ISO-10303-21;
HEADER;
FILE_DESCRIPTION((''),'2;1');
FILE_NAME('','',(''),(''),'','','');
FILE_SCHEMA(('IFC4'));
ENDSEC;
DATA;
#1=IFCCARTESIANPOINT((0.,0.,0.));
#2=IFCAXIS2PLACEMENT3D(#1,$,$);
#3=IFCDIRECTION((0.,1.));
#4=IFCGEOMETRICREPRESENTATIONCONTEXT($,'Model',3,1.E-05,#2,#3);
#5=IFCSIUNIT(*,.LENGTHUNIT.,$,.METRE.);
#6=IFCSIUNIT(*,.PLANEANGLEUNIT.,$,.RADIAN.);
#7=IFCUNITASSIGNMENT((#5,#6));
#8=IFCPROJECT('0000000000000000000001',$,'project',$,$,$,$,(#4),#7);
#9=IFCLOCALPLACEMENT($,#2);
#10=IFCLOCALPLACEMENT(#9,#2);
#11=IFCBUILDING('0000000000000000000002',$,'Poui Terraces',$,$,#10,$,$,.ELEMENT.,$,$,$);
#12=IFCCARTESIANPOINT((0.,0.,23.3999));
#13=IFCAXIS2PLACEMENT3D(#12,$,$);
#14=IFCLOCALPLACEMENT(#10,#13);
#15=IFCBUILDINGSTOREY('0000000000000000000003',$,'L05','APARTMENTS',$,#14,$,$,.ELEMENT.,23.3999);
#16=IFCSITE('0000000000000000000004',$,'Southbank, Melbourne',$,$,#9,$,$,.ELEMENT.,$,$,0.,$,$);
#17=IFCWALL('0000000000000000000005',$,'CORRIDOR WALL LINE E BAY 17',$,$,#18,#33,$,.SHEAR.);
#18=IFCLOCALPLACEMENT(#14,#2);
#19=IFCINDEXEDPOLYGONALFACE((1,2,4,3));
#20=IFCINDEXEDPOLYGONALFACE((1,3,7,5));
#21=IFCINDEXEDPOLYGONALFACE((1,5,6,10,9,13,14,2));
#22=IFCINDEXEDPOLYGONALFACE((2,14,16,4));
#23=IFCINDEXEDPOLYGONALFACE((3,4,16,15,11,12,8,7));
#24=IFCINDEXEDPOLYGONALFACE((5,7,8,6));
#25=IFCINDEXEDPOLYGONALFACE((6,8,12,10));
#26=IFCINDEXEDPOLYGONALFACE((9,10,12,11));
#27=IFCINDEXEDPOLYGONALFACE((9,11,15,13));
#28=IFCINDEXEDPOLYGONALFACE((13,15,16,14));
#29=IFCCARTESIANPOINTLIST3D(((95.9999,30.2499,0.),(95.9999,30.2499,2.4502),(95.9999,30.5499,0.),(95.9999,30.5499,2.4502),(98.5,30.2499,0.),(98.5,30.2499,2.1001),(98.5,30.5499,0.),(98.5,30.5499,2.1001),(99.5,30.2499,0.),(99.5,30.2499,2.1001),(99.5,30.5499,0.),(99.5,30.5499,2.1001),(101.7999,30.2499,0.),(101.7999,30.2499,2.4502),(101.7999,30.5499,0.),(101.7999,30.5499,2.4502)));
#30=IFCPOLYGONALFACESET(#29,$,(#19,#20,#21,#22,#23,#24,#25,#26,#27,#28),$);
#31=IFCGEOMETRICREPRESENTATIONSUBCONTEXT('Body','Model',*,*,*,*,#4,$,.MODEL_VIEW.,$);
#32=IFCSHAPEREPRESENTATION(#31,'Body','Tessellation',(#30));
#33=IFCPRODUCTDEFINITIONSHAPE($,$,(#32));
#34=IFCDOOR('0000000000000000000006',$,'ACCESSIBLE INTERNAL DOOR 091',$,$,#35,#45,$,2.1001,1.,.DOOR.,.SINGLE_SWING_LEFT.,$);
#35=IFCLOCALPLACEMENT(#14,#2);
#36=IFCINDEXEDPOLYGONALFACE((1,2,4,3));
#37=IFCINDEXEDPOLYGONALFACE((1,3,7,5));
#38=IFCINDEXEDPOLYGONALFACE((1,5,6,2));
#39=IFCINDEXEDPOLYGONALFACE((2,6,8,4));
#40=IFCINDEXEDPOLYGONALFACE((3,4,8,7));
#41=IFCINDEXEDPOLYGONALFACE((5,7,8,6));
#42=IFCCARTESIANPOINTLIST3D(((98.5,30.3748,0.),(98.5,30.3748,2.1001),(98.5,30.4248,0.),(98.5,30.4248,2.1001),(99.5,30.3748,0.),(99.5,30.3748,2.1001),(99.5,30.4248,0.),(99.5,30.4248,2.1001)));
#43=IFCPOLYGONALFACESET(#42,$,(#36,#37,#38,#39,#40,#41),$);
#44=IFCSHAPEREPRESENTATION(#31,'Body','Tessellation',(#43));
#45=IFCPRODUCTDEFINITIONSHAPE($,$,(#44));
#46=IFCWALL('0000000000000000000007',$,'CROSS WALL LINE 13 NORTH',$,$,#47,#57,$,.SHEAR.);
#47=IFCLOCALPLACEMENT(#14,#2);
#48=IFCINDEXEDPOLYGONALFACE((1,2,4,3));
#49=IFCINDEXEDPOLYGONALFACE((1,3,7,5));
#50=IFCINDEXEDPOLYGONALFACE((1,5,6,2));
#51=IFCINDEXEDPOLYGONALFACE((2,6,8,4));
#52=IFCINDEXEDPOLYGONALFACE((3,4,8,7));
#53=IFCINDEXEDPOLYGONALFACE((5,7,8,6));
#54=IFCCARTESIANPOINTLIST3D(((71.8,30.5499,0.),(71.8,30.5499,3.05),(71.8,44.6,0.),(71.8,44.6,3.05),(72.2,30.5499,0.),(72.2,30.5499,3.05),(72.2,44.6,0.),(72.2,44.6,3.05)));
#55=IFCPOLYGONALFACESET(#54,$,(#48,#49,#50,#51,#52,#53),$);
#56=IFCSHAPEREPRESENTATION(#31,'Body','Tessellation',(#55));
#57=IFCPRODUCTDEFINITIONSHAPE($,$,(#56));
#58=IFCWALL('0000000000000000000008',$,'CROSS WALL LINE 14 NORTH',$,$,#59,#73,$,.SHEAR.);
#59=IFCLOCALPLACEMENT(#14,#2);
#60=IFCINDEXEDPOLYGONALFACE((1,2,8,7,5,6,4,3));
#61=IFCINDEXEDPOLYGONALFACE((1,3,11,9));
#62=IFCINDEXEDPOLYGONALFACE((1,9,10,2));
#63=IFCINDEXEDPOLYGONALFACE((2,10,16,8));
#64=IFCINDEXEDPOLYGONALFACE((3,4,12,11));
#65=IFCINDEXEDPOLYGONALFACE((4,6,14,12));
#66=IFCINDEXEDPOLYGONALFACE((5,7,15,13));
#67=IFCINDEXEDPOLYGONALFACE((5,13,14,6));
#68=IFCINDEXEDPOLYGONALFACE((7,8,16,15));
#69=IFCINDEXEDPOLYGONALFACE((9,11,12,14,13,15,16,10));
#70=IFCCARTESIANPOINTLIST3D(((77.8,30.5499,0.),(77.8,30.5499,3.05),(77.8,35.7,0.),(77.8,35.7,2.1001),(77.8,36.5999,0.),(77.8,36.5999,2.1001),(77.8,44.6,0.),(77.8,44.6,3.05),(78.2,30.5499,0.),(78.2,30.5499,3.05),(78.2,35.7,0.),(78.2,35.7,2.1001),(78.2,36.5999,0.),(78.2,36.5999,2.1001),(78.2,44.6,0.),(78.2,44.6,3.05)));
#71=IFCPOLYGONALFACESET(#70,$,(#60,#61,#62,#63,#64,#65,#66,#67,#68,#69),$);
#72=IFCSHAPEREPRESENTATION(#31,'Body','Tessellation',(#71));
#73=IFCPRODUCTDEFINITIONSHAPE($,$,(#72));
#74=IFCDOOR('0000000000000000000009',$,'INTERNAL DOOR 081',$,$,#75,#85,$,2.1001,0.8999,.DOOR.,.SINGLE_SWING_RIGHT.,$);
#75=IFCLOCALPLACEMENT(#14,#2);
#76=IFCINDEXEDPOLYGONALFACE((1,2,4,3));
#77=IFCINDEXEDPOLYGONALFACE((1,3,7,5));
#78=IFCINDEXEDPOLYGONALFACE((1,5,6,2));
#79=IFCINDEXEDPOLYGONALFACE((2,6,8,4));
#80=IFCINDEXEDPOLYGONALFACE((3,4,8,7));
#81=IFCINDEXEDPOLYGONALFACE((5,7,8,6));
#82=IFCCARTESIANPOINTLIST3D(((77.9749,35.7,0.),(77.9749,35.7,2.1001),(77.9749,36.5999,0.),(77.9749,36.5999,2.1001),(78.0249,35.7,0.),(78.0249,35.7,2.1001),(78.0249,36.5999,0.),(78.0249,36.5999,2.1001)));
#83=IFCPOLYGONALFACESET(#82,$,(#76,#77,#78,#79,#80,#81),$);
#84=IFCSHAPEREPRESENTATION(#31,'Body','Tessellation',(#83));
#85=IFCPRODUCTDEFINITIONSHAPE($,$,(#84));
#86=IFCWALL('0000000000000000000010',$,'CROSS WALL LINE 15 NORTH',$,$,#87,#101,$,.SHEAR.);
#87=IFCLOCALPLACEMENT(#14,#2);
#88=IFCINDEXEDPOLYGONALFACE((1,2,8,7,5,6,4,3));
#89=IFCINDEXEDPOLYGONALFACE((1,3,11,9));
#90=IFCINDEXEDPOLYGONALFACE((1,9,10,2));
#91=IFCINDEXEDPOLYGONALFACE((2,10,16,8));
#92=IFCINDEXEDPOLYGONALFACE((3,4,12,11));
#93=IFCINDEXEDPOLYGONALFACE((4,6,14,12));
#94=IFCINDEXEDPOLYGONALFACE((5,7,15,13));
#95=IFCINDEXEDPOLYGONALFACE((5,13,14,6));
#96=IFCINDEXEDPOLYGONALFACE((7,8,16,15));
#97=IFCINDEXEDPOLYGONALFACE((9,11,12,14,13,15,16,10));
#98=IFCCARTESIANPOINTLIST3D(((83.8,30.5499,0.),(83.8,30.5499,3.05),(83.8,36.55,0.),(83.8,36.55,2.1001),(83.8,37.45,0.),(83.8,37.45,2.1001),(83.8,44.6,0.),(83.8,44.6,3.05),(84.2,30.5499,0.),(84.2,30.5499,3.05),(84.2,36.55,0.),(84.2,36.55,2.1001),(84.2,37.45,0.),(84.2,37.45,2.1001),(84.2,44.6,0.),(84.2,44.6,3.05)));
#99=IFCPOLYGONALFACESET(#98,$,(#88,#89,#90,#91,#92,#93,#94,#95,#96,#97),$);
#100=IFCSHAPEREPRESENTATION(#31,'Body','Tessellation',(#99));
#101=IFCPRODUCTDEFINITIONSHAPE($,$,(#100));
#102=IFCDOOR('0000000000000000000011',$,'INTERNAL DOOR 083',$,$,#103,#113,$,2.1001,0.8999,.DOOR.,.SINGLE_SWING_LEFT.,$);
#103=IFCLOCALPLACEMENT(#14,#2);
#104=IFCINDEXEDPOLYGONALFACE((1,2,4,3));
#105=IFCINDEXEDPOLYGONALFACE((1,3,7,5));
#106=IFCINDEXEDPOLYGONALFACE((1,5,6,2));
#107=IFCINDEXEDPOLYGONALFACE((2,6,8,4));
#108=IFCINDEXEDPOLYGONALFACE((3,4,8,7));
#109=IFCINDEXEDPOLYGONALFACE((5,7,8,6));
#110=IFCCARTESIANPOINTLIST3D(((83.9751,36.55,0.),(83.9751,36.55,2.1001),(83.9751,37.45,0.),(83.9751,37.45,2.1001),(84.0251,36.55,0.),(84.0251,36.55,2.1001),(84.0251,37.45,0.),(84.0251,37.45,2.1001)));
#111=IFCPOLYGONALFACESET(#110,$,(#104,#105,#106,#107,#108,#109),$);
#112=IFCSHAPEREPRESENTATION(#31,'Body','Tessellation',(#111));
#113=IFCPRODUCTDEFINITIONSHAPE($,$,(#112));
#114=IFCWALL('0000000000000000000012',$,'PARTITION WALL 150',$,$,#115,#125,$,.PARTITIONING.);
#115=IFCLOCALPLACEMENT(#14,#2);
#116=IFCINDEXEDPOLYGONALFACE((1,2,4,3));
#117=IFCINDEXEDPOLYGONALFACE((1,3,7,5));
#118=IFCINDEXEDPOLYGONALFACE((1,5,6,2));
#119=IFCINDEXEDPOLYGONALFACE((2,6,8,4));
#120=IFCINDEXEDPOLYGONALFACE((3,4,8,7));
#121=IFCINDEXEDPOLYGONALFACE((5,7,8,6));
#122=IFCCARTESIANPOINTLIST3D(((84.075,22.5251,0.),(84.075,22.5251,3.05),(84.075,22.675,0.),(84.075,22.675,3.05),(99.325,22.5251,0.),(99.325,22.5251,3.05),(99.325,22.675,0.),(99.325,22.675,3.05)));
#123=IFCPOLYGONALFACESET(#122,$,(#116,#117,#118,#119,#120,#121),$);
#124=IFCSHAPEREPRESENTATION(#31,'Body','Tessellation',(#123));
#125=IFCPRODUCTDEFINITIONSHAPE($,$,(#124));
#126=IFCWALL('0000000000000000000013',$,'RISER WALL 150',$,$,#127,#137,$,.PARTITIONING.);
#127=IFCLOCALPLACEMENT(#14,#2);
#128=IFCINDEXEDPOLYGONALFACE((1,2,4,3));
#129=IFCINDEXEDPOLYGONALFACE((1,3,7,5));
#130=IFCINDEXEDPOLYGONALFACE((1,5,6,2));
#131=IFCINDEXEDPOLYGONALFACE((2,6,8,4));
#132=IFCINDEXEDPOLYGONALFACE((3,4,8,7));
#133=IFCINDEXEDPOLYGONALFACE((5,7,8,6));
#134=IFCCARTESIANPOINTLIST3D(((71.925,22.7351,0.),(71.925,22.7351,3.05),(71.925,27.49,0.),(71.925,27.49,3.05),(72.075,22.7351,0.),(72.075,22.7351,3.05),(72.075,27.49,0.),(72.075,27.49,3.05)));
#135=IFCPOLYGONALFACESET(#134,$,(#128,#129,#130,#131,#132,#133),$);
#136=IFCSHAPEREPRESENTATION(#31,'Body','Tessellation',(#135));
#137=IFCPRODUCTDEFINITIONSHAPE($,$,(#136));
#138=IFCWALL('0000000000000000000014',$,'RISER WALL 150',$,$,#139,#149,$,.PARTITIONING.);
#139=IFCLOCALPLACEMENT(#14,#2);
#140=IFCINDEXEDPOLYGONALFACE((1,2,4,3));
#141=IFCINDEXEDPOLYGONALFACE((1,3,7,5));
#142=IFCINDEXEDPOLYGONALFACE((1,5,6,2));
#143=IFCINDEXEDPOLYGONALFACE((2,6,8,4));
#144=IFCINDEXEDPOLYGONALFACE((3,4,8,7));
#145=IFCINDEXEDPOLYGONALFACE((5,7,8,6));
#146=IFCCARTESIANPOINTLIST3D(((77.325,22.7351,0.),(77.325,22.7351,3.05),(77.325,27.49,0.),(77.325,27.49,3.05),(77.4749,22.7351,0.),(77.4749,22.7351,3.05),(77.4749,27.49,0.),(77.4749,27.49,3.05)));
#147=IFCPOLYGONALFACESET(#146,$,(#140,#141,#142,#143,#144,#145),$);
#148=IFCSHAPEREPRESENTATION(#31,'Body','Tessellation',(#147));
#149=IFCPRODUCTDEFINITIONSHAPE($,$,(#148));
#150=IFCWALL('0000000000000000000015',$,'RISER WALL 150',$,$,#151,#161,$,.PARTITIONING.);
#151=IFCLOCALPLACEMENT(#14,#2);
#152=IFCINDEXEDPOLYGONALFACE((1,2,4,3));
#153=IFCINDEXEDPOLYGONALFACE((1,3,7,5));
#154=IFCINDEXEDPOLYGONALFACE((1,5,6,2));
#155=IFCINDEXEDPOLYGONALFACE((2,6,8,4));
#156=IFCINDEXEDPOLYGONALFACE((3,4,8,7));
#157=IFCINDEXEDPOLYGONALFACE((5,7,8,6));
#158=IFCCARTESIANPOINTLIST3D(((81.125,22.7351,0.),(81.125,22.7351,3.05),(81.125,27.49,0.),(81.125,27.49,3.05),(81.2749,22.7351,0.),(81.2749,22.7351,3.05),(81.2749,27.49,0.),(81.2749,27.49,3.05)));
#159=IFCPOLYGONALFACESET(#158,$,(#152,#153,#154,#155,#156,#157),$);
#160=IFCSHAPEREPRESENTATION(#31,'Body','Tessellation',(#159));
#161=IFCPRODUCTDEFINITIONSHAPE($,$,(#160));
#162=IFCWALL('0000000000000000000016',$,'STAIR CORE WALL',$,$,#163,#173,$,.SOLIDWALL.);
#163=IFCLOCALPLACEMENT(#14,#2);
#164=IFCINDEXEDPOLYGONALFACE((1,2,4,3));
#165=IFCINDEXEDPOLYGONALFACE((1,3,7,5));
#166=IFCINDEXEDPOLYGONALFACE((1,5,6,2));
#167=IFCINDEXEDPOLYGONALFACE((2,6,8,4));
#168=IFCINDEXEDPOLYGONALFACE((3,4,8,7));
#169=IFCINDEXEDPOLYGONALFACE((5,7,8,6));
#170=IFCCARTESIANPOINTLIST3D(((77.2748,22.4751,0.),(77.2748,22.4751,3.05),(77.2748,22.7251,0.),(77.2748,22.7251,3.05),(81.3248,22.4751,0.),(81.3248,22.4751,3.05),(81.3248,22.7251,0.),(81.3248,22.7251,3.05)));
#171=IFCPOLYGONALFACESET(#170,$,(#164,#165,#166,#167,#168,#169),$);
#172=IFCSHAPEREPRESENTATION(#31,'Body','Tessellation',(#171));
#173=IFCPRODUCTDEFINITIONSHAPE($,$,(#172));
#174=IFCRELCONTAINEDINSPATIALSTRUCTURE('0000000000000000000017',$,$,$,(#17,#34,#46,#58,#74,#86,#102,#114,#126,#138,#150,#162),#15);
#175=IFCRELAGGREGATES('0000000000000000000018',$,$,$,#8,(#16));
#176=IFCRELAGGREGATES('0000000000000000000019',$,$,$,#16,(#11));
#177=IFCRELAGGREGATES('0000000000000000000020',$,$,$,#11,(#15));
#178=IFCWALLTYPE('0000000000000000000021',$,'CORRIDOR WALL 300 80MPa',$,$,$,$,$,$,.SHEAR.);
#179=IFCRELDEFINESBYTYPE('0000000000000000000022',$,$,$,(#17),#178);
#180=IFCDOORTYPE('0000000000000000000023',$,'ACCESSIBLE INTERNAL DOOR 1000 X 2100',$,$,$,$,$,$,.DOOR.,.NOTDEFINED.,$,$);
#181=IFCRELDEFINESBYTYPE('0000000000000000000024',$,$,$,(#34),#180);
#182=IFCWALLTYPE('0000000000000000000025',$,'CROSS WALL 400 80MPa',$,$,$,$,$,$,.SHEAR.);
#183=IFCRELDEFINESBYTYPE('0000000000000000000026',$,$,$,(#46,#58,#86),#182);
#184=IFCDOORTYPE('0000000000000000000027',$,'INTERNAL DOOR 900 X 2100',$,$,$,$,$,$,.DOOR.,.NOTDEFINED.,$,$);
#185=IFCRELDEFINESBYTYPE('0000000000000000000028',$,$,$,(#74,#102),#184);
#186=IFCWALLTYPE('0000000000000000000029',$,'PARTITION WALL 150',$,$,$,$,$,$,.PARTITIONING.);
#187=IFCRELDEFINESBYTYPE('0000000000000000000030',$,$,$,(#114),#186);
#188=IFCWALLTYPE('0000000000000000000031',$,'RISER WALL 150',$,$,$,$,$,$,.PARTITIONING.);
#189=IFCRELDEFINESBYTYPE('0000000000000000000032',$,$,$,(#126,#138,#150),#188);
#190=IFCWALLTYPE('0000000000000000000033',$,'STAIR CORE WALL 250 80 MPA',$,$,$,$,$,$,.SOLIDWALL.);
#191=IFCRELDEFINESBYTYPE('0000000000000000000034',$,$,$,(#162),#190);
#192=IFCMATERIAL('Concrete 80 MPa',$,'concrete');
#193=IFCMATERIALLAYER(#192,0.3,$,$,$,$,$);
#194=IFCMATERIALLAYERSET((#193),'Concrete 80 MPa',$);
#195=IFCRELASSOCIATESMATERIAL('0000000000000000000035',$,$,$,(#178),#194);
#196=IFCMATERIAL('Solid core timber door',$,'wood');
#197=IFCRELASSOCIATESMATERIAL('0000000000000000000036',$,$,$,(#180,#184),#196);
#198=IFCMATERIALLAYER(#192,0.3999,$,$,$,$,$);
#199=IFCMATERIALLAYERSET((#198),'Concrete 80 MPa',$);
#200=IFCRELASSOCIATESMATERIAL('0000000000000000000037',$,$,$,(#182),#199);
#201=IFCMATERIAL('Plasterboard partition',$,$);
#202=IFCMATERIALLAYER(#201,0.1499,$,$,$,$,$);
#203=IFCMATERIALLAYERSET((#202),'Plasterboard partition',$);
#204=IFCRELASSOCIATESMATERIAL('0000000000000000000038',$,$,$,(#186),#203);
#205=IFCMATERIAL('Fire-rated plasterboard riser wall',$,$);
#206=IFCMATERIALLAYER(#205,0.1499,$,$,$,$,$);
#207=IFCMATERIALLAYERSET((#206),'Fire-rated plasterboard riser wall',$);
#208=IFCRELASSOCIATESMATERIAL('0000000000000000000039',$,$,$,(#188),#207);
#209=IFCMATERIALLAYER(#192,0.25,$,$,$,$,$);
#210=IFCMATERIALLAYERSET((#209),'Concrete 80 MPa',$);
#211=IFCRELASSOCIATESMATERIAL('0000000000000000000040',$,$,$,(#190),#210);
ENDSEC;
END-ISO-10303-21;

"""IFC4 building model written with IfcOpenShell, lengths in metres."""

from ifc_helpers import new_model, si_unit, direction, frame, frame_2d, origin, place, context, subcontext, project, spatial, rectangle, extrude, material, layer, layer_set, type_object, element, fill, save


model = new_model("IFC4")

# Units and contexts
model_context = context("Model", 3, precision=1e-05, world=origin(), true_north=direction((0.0, 1.0)))
body_context = subcontext(model_context, "Body", "Model", "MODEL_VIEW")
ifc_project = project(units=[si_unit("LENGTHUNIT", "METRE"), si_unit("PLANEANGLEUNIT", "RADIAN")], contexts=[model_context])

# Site, building, storey
site_placement = place(None, origin())
site = spatial("IfcSite", under=ifc_project, at=site_placement, Name="Southbank, Melbourne", CompositionType="ELEMENT", RefElevation=0.0)
building_placement = place(site_placement, origin())
building = spatial("IfcBuilding", under=site, at=building_placement, Name="Poui Terraces", CompositionType="ELEMENT")
storey_placement = place(building_placement, frame((0.0, 0.0, 23.3999)))
storey = spatial("IfcBuildingStorey", under=building, at=storey_placement, Name="L05", Description="APARTMENTS", CompositionType="ELEMENT", Elevation=23.3999)

# Shared definitions
ifc_material_1 = material(Name="Concrete 80 MPa", Category="concrete")

# Shared definitions
ifc_layer_1 = layer(ifc_material_1, 0.3)
ifc_layer_set_1 = layer_set([ifc_layer_1], Name="Concrete 80 MPa")
wall_type_1 = type_object("IfcWallType", Name="CORRIDOR WALL 300 80MPa", PredefinedType="SHEAR", material=ifc_layer_set_1)

# Wall, opening, door
wall_1_placement = place(storey_placement, frame((96.0, 30.3999, 0.0), z_axis=(0.0, 0.0, 1.0), x_axis=(1.0, 0.0, 0.0)))
wall_1 = element("IfcWall", 1, at=wall_1_placement, inside=storey, type_object=wall_type_1, Name="CORRIDOR WALL LINE E BAY 17", PredefinedType="SHEAR", context=body_context, shape_type="SweptSolid", body=[
    extrude(rectangle(XDim=5.8, YDim=0.3, at=frame_2d((2.8999, 0.0))), origin(), (0.0, 0.0, 1.0), 2.4502),
])
opening_1_placement = place(wall_1_placement, frame((2.5, 0.0, 0.0)))
opening_1 = element("IfcOpeningElement", 2, at=opening_1_placement, cuts=wall_1, PredefinedType="OPENING", context=body_context, shape_type="SweptSolid", body=[
    extrude(rectangle(XDim=1.0, YDim=2.1001, at=frame_2d((0.5, 1.05))), frame((0.0, 0.1602, 0.0), z_axis=(0.0, -1.0, 0.0), x_axis=(1.0, 0.0, 0.0)), (0.0, 0.0, 1.0), 0.3201),
])
ifc_material_2 = material(Name="Solid core timber door", Category="wood")
door_type_1 = type_object("IfcDoorType", Name="ACCESSIBLE INTERNAL DOOR 1000 X 2100", OperationType="NOTDEFINED", PredefinedType="DOOR", material=ifc_material_2)
door_1_placement = place(opening_1_placement, origin())
door_1 = element("IfcDoor", 3, at=door_1_placement, inside=storey, type_object=door_type_1, Name="ACCESSIBLE INTERNAL DOOR 091", OperationType="SINGLE_SWING_LEFT", OverallHeight=2.1001, OverallWidth=1.0, PredefinedType="DOOR", context=body_context, shape_type="SweptSolid", body=[
    extrude(rectangle(XDim=1.0, YDim=2.1001, at=frame_2d((0.5, 1.05))), frame((0.0, 0.0249, 0.0), z_axis=(0.0, -1.0, 0.0), x_axis=(1.0, 0.0, 0.0)), (0.0, 0.0, 1.0), 0.05),
])
fill(opening_1, door_1)

# Wall
ifc_layer_2 = layer(ifc_material_1, 0.3999)
ifc_layer_set_2 = layer_set([ifc_layer_2], Name="Concrete 80 MPa")
wall_type_2 = type_object("IfcWallType", Name="CROSS WALL 400 80MPa", PredefinedType="SHEAR", material=ifc_layer_set_2)
wall_2_placement = place(storey_placement, frame((72.0, 30.55, 0.0), z_axis=(0.0, 0.0, 1.0), x_axis=(0.0, 1.0, 0.0)))
element("IfcWall", 4, at=wall_2_placement, inside=storey, type_object=wall_type_2, Name="CROSS WALL LINE 13 NORTH", PredefinedType="SHEAR", context=body_context, shape_type="SweptSolid", body=[
    extrude(rectangle(XDim=14.05, YDim=0.3999, at=frame_2d((7.0249, 0.0))), origin(), (0.0, 0.0, 1.0), 3.05),
])

# Walls, openings, doors
wall_3_placement = place(storey_placement, frame((78.0, 30.55, 0.0), z_axis=(0.0, 0.0, 1.0), x_axis=(0.0, 1.0, 0.0)))
wall_3 = element("IfcWall", 5, at=wall_3_placement, inside=storey, type_object=wall_type_2, Name="CROSS WALL LINE 14 NORTH", PredefinedType="SHEAR", context=body_context, shape_type="SweptSolid", body=[
    extrude(rectangle(XDim=14.05, YDim=0.3999, at=frame_2d((7.0249, 0.0))), origin(), (0.0, 0.0, 1.0), 3.05),
])
opening_2_placement = place(wall_3_placement, frame((5.1499, 0.0, 0.0)))
opening_2 = element("IfcOpeningElement", 6, at=opening_2_placement, cuts=wall_3, PredefinedType="OPENING", context=body_context, shape_type="SweptSolid", body=[
    extrude(rectangle(XDim=0.8999, YDim=2.1001, at=frame_2d((0.45, 1.05))), frame((0.0, 0.21, 0.0), z_axis=(0.0, -1.0, 0.0), x_axis=(1.0, 0.0, 0.0)), (0.0, 0.0, 1.0), 0.4199),
])
door_type_2 = type_object("IfcDoorType", Name="INTERNAL DOOR 900 X 2100", OperationType="NOTDEFINED", PredefinedType="DOOR", material=ifc_material_2)
door_2_placement = place(opening_2_placement, frame((0.8999, 0.0, 0.0), z_axis=(0.0, 0.0, 1.0), x_axis=(-1.0, 0.0, 0.0)))
door_2 = element("IfcDoor", 7, at=door_2_placement, inside=storey, type_object=door_type_2, Name="INTERNAL DOOR 081", OperationType="SINGLE_SWING_RIGHT", OverallHeight=2.1001, OverallWidth=0.8999, PredefinedType="DOOR", context=body_context, shape_type="SweptSolid", body=[
    extrude(rectangle(XDim=0.8999, YDim=2.1001, at=frame_2d((0.45, 1.05))), frame((0.0, 0.0249, 0.0), z_axis=(0.0, -1.0, 0.0), x_axis=(1.0, 0.0, 0.0)), (0.0, 0.0, 1.0), 0.05),
])
fill(opening_2, door_2)
wall_4_placement = place(storey_placement, frame((84.0, 30.55, 0.0), z_axis=(0.0, 0.0, 1.0), x_axis=(0.0, 1.0, 0.0)))
wall_4 = element("IfcWall", 8, at=wall_4_placement, inside=storey, type_object=wall_type_2, Name="CROSS WALL LINE 15 NORTH", PredefinedType="SHEAR", context=body_context, shape_type="SweptSolid", body=[
    extrude(rectangle(XDim=14.05, YDim=0.3999, at=frame_2d((7.0249, 0.0))), origin(), (0.0, 0.0, 1.0), 3.05),
])
opening_3_placement = place(wall_4_placement, frame((6.0, 0.0, 0.0)))
opening_3 = element("IfcOpeningElement", 9, at=opening_3_placement, cuts=wall_4, PredefinedType="OPENING", context=body_context, shape_type="SweptSolid", body=[
    extrude(rectangle(XDim=0.8999, YDim=2.1001, at=frame_2d((0.45, 1.05))), frame((0.0, 0.21, 0.0), z_axis=(0.0, -1.0, 0.0), x_axis=(1.0, 0.0, 0.0)), (0.0, 0.0, 1.0), 0.4199),
])
door_3_placement = place(opening_3_placement, origin())
door_3 = element("IfcDoor", 10, at=door_3_placement, inside=storey, type_object=door_type_2, Name="INTERNAL DOOR 083", OperationType="SINGLE_SWING_LEFT", OverallHeight=2.1001, OverallWidth=0.8999, PredefinedType="DOOR", context=body_context, shape_type="SweptSolid", body=[
    extrude(rectangle(XDim=0.8999, YDim=2.1001, at=frame_2d((0.45, 1.05))), frame((0.0, 0.0249, 0.0), z_axis=(0.0, -1.0, 0.0), x_axis=(1.0, 0.0, 0.0)), (0.0, 0.0, 1.0), 0.05),
])
fill(opening_3, door_3)

# Walls
ifc_material_3 = material(Name="Plasterboard partition")
ifc_layer_3 = layer(ifc_material_3, 0.1499)
ifc_layer_set_3 = layer_set([ifc_layer_3], Name="Plasterboard partition")
wall_type_3 = type_object("IfcWallType", Name="PARTITION WALL 150", PredefinedType="PARTITIONING", material=ifc_layer_set_3)
wall_5_placement = place(storey_placement, frame((84.075, 22.6001, 0.0), z_axis=(0.0, 0.0, 1.0), x_axis=(1.0, 0.0, 0.0)))
element("IfcWall", 11, at=wall_5_placement, inside=storey, type_object=wall_type_3, Name="PARTITION WALL 150", PredefinedType="PARTITIONING", context=body_context, shape_type="SweptSolid", body=[
    extrude(rectangle(XDim=15.25, YDim=0.1499, at=frame_2d((7.625, 0.0))), origin(), (0.0, 0.0, 1.0), 3.05),
])
ifc_material_4 = material(Name="Fire-rated plasterboard riser wall")
ifc_layer_4 = layer(ifc_material_4, 0.1499)
ifc_layer_set_4 = layer_set([ifc_layer_4], Name="Fire-rated plasterboard riser wall")
wall_type_4 = type_object("IfcWallType", Name="RISER WALL 150", PredefinedType="PARTITIONING", material=ifc_layer_set_4)
for number, where, z_axis, x_axis, name in (
    (12, (72.0, 22.7351, 0.0), (0.0, 0.0, 1.0), (0.0, 1.0, 0.0), "RISER WALL 150"),
    (13, (77.3999, 22.7351, 0.0), (0.0, 0.0, 1.0), (0.0, 1.0, 0.0), "RISER WALL 150"),
    (14, (81.2, 22.7351, 0.0), (0.0, 0.0, 1.0), (0.0, 1.0, 0.0), "RISER WALL 150"),
):
    element("IfcWall", number, at=place(storey_placement, frame(where, z_axis=z_axis, x_axis=x_axis)), inside=storey, type_object=wall_type_4, Name=name, PredefinedType="PARTITIONING", context=body_context, shape_type="SweptSolid", body=[
        extrude(rectangle(XDim=4.7549, YDim=0.1499, at=frame_2d((2.3774, 0.0))), origin(), (0.0, 0.0, 1.0), 3.05),
    ])
ifc_layer_5 = layer(ifc_material_1, 0.25)
ifc_layer_set_5 = layer_set([ifc_layer_5], Name="Concrete 80 MPa")
wall_type_5 = type_object("IfcWallType", Name="STAIR CORE WALL 250 80 MPA", PredefinedType="SOLIDWALL", material=ifc_layer_set_5)
wall_6_placement = place(storey_placement, frame((77.2749, 22.6001, 0.0), z_axis=(0.0, 0.0, 1.0), x_axis=(1.0, 0.0, 0.0)))
element("IfcWall", 15, at=wall_6_placement, inside=storey, type_object=wall_type_5, Name="STAIR CORE WALL", PredefinedType="SOLIDWALL", context=body_context, shape_type="SweptSolid", body=[
    extrude(rectangle(XDim=4.05, YDim=0.25, at=frame_2d((2.0249, 0.0))), origin(), (0.0, 0.0, 1.0), 3.05),
])

save(model, "model.ifc")
